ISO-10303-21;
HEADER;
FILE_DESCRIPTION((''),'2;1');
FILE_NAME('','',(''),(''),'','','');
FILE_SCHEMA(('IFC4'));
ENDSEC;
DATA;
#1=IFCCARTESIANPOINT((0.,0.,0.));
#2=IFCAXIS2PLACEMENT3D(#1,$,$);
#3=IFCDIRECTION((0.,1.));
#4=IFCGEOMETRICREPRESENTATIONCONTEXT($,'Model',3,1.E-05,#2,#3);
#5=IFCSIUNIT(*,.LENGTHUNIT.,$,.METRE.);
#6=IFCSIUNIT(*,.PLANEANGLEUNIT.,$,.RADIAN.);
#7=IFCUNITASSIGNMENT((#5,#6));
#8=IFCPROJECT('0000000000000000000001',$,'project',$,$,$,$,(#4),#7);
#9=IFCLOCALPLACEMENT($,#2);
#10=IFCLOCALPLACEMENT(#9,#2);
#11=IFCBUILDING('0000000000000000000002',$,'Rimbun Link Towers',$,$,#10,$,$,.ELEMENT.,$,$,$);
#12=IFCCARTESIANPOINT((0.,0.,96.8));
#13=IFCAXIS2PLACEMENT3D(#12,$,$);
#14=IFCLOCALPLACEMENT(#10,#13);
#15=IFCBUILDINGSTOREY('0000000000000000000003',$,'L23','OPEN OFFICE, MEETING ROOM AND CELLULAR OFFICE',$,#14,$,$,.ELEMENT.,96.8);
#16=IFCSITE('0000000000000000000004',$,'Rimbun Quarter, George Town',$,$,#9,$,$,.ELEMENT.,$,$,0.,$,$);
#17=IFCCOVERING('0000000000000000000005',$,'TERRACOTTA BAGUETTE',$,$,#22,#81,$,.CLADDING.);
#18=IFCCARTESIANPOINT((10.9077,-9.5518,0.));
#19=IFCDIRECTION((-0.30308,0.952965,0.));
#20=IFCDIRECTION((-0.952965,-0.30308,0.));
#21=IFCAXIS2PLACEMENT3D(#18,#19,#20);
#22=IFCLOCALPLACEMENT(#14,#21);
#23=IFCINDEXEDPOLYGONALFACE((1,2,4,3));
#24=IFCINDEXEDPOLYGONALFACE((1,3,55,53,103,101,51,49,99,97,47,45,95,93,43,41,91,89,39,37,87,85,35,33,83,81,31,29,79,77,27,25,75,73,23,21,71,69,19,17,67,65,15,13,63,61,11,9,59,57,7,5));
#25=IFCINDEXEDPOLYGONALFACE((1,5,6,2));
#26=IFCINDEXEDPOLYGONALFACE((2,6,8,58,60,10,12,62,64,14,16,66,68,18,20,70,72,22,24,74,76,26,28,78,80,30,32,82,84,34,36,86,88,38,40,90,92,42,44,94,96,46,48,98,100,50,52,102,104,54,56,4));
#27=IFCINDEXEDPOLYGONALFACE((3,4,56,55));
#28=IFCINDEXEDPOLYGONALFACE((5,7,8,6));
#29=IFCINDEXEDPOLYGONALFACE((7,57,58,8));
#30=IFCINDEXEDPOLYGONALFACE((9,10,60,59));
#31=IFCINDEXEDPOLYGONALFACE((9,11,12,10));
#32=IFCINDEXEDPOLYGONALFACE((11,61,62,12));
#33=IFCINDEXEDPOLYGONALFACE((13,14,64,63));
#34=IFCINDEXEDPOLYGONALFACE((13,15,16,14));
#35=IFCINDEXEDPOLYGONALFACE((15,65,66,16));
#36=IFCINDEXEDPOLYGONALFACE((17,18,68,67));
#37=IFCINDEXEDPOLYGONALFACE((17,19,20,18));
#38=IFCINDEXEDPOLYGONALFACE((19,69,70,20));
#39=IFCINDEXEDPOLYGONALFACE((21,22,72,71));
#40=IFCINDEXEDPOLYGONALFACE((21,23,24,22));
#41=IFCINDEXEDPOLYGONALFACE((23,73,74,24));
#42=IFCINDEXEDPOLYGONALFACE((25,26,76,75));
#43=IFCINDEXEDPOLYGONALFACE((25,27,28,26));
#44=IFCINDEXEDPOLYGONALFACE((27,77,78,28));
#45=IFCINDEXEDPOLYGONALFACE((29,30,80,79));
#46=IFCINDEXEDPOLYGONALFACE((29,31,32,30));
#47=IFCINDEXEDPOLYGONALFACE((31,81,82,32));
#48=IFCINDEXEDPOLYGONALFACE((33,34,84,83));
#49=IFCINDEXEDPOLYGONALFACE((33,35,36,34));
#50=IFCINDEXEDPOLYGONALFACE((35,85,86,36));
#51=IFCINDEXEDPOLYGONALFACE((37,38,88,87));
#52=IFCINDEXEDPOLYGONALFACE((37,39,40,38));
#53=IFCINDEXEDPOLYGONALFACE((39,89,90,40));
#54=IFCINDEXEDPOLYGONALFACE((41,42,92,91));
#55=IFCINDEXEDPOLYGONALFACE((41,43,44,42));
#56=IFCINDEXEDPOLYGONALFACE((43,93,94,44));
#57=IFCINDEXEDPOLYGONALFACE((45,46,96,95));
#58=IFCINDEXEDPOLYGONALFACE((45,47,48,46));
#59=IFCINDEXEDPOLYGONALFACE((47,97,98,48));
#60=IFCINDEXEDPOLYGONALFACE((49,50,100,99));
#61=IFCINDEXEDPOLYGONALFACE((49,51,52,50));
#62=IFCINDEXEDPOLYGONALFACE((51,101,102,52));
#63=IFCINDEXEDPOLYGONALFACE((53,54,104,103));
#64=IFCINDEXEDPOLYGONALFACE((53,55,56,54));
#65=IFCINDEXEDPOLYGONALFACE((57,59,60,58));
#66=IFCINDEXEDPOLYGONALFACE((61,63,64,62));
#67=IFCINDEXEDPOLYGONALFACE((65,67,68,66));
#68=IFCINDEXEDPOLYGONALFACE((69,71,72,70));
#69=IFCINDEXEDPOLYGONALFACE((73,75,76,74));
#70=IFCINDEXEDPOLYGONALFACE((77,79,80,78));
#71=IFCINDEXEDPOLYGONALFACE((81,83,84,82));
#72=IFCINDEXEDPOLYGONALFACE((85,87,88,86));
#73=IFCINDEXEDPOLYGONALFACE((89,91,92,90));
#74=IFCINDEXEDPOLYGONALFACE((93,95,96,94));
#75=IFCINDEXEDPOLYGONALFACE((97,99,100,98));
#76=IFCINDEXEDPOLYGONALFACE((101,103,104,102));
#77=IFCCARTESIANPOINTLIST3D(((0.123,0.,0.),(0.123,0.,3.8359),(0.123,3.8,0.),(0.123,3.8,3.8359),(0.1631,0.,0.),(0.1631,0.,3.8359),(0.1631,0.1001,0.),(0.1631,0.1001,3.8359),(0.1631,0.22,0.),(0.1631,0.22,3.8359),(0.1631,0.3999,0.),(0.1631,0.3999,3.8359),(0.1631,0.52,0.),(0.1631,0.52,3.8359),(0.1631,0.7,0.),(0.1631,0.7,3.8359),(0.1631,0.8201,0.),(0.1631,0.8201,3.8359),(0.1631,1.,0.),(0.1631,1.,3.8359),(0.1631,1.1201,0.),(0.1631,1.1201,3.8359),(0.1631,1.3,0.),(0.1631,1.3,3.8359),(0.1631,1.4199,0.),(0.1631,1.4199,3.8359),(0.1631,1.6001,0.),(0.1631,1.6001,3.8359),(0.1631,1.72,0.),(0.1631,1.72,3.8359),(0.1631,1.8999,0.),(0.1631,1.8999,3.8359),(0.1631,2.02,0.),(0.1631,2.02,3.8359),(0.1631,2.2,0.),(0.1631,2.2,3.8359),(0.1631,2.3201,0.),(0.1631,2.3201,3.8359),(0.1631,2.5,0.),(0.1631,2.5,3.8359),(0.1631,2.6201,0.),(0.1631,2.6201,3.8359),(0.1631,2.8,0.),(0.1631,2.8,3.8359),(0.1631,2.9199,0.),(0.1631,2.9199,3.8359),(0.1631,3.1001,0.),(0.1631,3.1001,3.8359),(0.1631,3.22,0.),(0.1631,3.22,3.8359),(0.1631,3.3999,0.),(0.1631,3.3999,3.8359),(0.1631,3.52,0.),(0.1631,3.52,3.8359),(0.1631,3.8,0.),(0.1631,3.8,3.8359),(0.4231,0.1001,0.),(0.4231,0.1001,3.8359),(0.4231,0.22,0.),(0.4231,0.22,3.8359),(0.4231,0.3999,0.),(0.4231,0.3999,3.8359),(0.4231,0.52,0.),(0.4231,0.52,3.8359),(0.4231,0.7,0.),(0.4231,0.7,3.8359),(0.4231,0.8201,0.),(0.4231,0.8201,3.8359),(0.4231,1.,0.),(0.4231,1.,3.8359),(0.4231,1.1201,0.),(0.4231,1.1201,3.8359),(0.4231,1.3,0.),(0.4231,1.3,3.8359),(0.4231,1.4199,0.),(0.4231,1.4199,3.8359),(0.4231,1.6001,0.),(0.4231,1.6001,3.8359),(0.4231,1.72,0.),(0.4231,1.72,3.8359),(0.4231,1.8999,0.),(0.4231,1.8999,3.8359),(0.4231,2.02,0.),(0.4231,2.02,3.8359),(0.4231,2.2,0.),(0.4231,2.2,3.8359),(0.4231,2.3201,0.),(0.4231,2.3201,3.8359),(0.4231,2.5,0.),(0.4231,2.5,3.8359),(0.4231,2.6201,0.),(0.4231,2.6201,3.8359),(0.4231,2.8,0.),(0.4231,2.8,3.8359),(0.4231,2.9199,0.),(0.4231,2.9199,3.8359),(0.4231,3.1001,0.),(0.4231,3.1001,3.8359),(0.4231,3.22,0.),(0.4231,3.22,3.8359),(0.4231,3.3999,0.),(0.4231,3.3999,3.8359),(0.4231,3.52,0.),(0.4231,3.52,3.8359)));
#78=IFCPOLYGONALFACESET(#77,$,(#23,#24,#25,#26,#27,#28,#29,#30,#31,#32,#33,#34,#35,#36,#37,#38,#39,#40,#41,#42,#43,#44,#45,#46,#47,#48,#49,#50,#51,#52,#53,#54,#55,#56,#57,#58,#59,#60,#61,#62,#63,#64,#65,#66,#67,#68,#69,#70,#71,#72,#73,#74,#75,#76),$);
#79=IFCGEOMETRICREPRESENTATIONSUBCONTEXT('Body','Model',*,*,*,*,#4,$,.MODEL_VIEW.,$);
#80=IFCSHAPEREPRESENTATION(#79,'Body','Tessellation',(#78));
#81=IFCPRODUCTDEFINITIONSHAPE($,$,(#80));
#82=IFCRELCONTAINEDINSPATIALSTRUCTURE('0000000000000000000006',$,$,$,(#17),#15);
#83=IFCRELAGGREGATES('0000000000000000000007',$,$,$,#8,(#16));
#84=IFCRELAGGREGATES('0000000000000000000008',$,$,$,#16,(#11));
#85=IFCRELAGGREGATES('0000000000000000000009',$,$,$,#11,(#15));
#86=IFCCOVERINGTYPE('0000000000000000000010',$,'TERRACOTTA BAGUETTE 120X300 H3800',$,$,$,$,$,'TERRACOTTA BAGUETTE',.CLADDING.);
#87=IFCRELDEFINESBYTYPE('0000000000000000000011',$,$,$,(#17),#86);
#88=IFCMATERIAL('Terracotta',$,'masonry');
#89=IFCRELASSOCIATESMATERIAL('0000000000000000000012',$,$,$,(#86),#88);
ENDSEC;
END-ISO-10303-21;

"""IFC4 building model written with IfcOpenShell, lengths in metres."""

from ifc_helpers import new_model, si_unit, direction, frame, origin, place, context, subcontext, project, spatial, polyline, outline, extrude, material, material_profile, profile_set, type_object, element, save


model = new_model("IFC4")

# Units and contexts
model_context = context("Model", 3, precision=1e-05, world=origin(), true_north=direction((0.0, 1.0)))
body_context = subcontext(model_context, "Body", "Model", "MODEL_VIEW")
ifc_project = project(units=[si_unit("LENGTHUNIT", "METRE"), si_unit("PLANEANGLEUNIT", "RADIAN")], contexts=[model_context])

# Site, building, storey
site_placement = place(None, origin())
site = spatial("IfcSite", under=ifc_project, at=site_placement, Name="Rimbun Quarter, George Town", CompositionType="ELEMENT", RefElevation=0.0)
building_placement = place(site_placement, origin())
building = spatial("IfcBuilding", under=site, at=building_placement, Name="Rimbun Link Towers", CompositionType="ELEMENT")
storey_placement = place(building_placement, frame((0.0, 0.0, 96.8)))
storey = spatial("IfcBuildingStorey", under=building, at=storey_placement, Name="L23", Description="OPEN OFFICE, MEETING ROOM AND CELLULAR OFFICE", CompositionType="ELEMENT", Elevation=96.8)

# Covering
ifc_material_1 = material(Name="Terracotta", Category="masonry")
ifc_material_profile_1 = material_profile(ifc_material_1, outline(polyline([(0.123, 0.0), (0.1631, 0.0), (0.1631, 0.1001), (0.4231, 0.1001), (0.4231, 0.22), (0.1631, 0.22), (0.1631, 0.3999), (0.4231, 0.3999), (0.4231, 0.52), (0.1631, 0.52), (0.1631, 0.7), (0.4231, 0.7), (0.4231, 0.8201), (0.1631, 0.8201), (0.1631, 1.0), (0.4231, 1.0), (0.4231, 1.1201), (0.1631, 1.1201), (0.1631, 1.3), (0.4231, 1.3), (0.4231, 1.4199), (0.1631, 1.4199), (0.1631, 1.6001), (0.4231, 1.6001), (0.4231, 1.72), (0.1631, 1.72), (0.1631, 1.8999), (0.4231, 1.8999), (0.4231, 2.02), (0.1631, 2.02), (0.1631, 2.2), (0.4231, 2.2), (0.4231, 2.3201), (0.1631, 2.3201), (0.1631, 2.5), (0.4231, 2.5), (0.4231, 2.6201), (0.1631, 2.6201), (0.1631, 2.8), (0.4231, 2.8), (0.4231, 2.9199), (0.1631, 2.9199), (0.1631, 3.1001), (0.4231, 3.1001), (0.4231, 3.22), (0.1631, 3.22), (0.1631, 3.3999), (0.4231, 3.3999), (0.4231, 3.52), (0.1631, 3.52), (0.1631, 3.8), (0.123, 3.8), (0.123, 0.0)])), Name="BAGUETTE 120X300")
ifc_profile_set_1 = profile_set([ifc_material_profile_1], Name="Terracotta")
covering_type_1 = type_object("IfcCoveringType", Name="TERRACOTTA BAGUETTE 120X300 H3800", ElementType="TERRACOTTA BAGUETTE", PredefinedType="CLADDING", material=ifc_profile_set_1)
covering_1_placement = place(storey_placement, frame((10.9077, -9.5518, 0.0), z_axis=(-0.30308, 0.952965, 0.0), x_axis=(-0.952965, -0.30308, 0.0)))
element("IfcCovering", 1, at=covering_1_placement, inside=storey, type_object=covering_type_1, Name="TERRACOTTA BAGUETTE", PredefinedType="CLADDING", context=body_context, shape_type="SweptSolid", body=[
    extrude(outline(polyline([(0.123, 0.0), (0.1631, 0.0), (0.1631, 0.1001), (0.4231, 0.1001), (0.4231, 0.22), (0.1631, 0.22), (0.1631, 0.3999), (0.4231, 0.3999), (0.4231, 0.52), (0.1631, 0.52), (0.1631, 0.7), (0.4231, 0.7), (0.4231, 0.8201), (0.1631, 0.8201), (0.1631, 1.0), (0.4231, 1.0), (0.4231, 1.1201), (0.1631, 1.1201), (0.1631, 1.3), (0.4231, 1.3), (0.4231, 1.4199), (0.1631, 1.4199), (0.1631, 1.6001), (0.4231, 1.6001), (0.4231, 1.72), (0.1631, 1.72), (0.1631, 1.8999), (0.4231, 1.8999), (0.4231, 2.02), (0.1631, 2.02), (0.1631, 2.2), (0.4231, 2.2), (0.4231, 2.3201), (0.1631, 2.3201), (0.1631, 2.5), (0.4231, 2.5), (0.4231, 2.6201), (0.1631, 2.6201), (0.1631, 2.8), (0.4231, 2.8), (0.4231, 2.9199), (0.1631, 2.9199), (0.1631, 3.1001), (0.4231, 3.1001), (0.4231, 3.22), (0.1631, 3.22), (0.1631, 3.3999), (0.4231, 3.3999), (0.4231, 3.52), (0.1631, 3.52), (0.1631, 3.8), (0.123, 3.8), (0.123, 0.0)])), origin(), (0.0, 0.0, 1.0), 3.8359),
])

save(model, "model.ifc")
